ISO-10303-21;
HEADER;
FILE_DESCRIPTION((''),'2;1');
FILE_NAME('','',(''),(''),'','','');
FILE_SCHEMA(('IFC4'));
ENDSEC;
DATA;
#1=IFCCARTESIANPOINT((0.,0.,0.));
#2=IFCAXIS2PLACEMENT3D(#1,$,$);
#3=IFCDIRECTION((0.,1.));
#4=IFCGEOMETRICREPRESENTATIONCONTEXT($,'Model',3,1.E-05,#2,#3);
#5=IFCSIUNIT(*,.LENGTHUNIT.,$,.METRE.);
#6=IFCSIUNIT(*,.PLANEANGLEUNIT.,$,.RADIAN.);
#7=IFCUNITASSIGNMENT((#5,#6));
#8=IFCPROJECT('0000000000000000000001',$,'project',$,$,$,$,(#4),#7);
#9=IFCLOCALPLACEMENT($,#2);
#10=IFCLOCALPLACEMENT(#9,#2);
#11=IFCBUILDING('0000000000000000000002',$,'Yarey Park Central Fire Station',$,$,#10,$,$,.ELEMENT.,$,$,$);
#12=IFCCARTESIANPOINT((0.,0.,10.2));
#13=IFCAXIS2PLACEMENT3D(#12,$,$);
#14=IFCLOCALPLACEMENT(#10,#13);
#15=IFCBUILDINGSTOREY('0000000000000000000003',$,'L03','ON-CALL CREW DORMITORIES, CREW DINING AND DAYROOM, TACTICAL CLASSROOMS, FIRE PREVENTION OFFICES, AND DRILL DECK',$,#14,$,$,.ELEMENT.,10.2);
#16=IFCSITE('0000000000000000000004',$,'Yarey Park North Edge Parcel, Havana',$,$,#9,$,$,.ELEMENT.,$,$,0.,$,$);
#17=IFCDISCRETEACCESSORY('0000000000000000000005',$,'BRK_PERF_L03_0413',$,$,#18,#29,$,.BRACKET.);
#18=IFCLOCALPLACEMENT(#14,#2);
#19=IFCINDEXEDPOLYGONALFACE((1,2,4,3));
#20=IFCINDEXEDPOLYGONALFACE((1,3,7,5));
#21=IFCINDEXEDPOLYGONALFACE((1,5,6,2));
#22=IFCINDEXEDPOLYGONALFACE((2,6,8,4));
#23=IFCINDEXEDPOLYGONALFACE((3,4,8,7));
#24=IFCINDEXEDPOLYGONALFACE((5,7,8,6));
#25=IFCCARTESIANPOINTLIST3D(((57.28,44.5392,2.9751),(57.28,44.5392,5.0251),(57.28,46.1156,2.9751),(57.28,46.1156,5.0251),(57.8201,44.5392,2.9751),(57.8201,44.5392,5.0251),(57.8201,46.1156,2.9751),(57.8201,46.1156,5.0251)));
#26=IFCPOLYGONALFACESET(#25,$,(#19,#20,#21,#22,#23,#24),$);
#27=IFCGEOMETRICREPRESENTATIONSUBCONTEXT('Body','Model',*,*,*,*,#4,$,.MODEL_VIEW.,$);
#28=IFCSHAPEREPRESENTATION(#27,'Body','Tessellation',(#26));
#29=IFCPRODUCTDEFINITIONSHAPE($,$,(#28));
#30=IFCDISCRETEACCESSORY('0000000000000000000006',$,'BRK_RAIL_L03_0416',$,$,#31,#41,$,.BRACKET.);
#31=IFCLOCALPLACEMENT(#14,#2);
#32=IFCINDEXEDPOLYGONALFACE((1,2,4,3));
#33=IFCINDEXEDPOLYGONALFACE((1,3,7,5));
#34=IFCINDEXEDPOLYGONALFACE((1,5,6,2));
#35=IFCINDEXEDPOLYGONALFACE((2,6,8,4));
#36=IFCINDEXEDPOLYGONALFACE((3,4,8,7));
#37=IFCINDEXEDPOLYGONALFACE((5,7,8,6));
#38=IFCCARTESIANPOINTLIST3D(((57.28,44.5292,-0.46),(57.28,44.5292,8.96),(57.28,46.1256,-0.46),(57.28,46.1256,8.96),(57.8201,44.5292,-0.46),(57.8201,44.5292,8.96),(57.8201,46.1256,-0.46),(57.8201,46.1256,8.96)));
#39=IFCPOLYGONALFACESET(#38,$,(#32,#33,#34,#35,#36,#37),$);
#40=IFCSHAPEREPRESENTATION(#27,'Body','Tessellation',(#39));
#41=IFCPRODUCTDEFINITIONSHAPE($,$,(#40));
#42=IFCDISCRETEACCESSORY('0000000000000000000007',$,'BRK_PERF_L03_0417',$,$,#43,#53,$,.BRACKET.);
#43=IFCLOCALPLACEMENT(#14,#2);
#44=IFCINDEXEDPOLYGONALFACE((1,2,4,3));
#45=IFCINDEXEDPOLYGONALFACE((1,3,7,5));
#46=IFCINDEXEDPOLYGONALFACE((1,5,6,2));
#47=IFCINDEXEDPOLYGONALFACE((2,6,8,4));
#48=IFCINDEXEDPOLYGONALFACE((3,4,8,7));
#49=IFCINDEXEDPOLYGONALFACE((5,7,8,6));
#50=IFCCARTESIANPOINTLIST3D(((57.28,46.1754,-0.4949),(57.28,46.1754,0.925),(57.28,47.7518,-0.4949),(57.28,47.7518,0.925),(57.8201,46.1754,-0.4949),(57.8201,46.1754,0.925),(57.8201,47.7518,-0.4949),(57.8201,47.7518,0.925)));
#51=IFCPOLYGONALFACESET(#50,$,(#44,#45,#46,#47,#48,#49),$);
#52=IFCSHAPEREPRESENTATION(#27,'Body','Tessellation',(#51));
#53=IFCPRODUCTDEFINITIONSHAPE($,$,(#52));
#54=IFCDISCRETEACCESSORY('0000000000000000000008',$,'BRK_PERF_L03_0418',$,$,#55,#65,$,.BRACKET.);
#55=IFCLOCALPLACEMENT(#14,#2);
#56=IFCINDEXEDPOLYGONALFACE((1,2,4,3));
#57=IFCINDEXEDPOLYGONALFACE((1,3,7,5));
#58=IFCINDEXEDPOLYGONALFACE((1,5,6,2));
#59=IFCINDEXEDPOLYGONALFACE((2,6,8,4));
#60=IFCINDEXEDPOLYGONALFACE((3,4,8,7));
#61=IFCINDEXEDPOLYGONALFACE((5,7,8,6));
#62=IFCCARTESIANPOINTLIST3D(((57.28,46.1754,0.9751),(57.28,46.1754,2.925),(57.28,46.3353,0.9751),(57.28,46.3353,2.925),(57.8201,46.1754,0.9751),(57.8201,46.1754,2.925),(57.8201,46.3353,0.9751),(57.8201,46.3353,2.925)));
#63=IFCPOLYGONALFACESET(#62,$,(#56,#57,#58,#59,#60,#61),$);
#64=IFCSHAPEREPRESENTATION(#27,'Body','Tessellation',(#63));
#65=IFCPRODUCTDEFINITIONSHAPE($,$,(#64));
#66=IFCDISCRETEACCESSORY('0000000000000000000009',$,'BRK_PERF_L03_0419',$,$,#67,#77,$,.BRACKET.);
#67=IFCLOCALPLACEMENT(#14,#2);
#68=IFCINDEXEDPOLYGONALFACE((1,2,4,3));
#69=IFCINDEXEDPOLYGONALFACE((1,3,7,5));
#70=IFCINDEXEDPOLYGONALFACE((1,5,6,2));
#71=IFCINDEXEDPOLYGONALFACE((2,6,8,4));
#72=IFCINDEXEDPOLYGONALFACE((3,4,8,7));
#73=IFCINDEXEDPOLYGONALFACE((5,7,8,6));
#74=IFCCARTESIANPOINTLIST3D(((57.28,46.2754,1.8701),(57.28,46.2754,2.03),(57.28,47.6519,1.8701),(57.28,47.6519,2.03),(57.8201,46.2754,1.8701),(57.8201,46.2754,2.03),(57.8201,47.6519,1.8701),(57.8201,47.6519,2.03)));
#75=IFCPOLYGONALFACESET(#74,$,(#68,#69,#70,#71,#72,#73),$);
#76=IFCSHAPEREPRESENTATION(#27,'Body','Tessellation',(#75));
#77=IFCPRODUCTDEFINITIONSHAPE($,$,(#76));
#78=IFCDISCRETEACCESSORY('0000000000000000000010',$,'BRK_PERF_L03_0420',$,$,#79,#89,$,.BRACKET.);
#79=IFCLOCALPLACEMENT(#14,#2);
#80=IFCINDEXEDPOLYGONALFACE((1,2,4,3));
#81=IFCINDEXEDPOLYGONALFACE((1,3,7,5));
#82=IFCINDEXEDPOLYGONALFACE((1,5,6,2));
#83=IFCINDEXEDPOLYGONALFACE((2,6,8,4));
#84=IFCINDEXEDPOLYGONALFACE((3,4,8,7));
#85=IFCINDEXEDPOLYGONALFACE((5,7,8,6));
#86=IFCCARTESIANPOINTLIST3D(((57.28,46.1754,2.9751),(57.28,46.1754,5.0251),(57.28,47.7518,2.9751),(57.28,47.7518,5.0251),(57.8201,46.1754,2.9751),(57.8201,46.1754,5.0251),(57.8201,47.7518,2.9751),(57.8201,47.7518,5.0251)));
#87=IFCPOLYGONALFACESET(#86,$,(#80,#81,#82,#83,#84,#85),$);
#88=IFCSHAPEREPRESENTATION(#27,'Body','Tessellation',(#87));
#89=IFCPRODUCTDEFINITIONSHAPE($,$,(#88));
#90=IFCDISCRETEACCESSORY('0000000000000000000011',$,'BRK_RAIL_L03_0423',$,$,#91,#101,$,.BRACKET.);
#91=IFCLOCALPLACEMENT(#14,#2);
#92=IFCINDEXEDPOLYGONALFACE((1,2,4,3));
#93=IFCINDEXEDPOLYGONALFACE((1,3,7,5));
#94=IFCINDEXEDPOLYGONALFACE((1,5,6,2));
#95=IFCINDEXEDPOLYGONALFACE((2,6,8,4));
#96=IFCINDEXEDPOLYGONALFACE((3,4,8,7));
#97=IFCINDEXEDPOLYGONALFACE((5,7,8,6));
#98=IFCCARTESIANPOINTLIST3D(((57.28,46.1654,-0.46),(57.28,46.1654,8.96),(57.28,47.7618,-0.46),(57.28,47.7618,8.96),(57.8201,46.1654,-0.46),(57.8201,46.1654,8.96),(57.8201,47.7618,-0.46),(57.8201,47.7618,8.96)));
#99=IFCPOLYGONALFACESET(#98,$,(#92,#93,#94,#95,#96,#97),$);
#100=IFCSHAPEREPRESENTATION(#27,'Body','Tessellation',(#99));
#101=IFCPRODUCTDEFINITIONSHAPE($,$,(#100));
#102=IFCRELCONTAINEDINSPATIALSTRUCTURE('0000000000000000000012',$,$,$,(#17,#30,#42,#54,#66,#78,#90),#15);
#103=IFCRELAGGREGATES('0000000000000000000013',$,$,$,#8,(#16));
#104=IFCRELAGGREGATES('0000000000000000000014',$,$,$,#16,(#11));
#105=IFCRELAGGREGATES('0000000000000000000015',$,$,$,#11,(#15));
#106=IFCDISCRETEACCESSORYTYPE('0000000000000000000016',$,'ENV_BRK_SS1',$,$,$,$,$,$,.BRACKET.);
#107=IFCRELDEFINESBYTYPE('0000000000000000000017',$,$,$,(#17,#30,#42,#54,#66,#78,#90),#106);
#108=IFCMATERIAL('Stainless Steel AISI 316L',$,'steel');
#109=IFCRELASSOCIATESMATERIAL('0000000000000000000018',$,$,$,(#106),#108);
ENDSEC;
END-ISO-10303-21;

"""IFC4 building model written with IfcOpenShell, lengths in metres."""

from ifc_helpers import new_model, si_unit, direction, frame, origin, origin_2d, place, context, subcontext, project, spatial, rectangle, extrude, material, type_object, element, save


model = new_model("IFC4")

# Units and contexts
model_context = context("Model", 3, precision=1e-05, world=origin(), true_north=direction((0.0, 1.0)))
body_context = subcontext(model_context, "Body", "Model", "MODEL_VIEW")
ifc_project = project(units=[si_unit("LENGTHUNIT", "METRE"), si_unit("PLANEANGLEUNIT", "RADIAN")], contexts=[model_context])

# Site, building, storey
site_placement = place(None, origin())
site = spatial("IfcSite", under=ifc_project, at=site_placement, Name="Yarey Park North Edge Parcel, Havana", CompositionType="ELEMENT", RefElevation=0.0)
building_placement = place(site_placement, origin())
building = spatial("IfcBuilding", under=site, at=building_placement, Name="Yarey Park Central Fire Station", CompositionType="ELEMENT")
storey_placement = place(building_placement, frame((0.0, 0.0, 10.2)))
storey = spatial("IfcBuildingStorey", under=building, at=storey_placement, Name="L03", Description="ON-CALL CREW DORMITORIES, CREW DINING AND DAYROOM, TACTICAL CLASSROOMS, FIRE PREVENTION OFFICES, AND DRILL DECK", CompositionType="ELEMENT", Elevation=10.2)

# Discrete accessories
ifc_material_1 = material(Name="Stainless Steel AISI 316L", Category="steel")
discrete_accessory_type = type_object("IfcDiscreteAccessoryType", Name="ENV_BRK_SS1", PredefinedType="BRACKET", material=ifc_material_1)
discrete_accessory_1_placement = place(storey_placement, frame((57.55, 45.3274, 2.9751), z_axis=(0.0, 0.0, 1.0), x_axis=(1.0, 0.0, 0.0)))
element("IfcDiscreteAccessory", 1, at=discrete_accessory_1_placement, inside=storey, type_object=discrete_accessory_type, Name="BRK_PERF_L03_0413", PredefinedType="BRACKET", context=body_context, shape_type="SweptSolid", body=[
    extrude(rectangle(XDim=0.54, YDim=1.5764, at=origin_2d()), origin(), (0.0, 0.0, 1.0), 2.05),
])
discrete_accessory_2_placement = place(storey_placement, frame((57.55, 45.3274, -0.46), z_axis=(0.0, 0.0, 1.0), x_axis=(1.0, 0.0, 0.0)))
element("IfcDiscreteAccessory", 2, at=discrete_accessory_2_placement, inside=storey, type_object=discrete_accessory_type, Name="BRK_RAIL_L03_0416", PredefinedType="BRACKET", context=body_context, shape_type="SweptSolid", body=[
    extrude(rectangle(XDim=0.54, YDim=1.5964, at=origin_2d()), origin(), (0.0, 0.0, 1.0), 9.4199),
])
discrete_accessory_3_placement = place(storey_placement, frame((57.55, 46.9636, -0.4949), z_axis=(0.0, 0.0, 1.0), x_axis=(1.0, 0.0, 0.0)))
element("IfcDiscreteAccessory", 3, at=discrete_accessory_3_placement, inside=storey, type_object=discrete_accessory_type, Name="BRK_PERF_L03_0417", PredefinedType="BRACKET", context=body_context, shape_type="SweptSolid", body=[
    extrude(rectangle(XDim=0.54, YDim=1.5764, at=origin_2d()), origin(), (0.0, 0.0, 1.0), 1.4199),
])
discrete_accessory_4_placement = place(storey_placement, frame((57.55, 46.2554, 0.9751), z_axis=(0.0, 0.0, 1.0), x_axis=(1.0, 0.0, 0.0)))
element("IfcDiscreteAccessory", 4, at=discrete_accessory_4_placement, inside=storey, type_object=discrete_accessory_type, Name="BRK_PERF_L03_0418", PredefinedType="BRACKET", context=body_context, shape_type="SweptSolid", body=[
    extrude(rectangle(XDim=0.54, YDim=0.1599, at=origin_2d()), origin(), (0.0, 0.0, 1.0), 1.95),
])
discrete_accessory_5_placement = place(storey_placement, frame((57.55, 46.9636, 1.8701), z_axis=(0.0, 0.0, 1.0), x_axis=(1.0, 0.0, 0.0)))
element("IfcDiscreteAccessory", 5, at=discrete_accessory_5_placement, inside=storey, type_object=discrete_accessory_type, Name="BRK_PERF_L03_0419", PredefinedType="BRACKET", context=body_context, shape_type="SweptSolid", body=[
    extrude(rectangle(XDim=0.54, YDim=1.3765, at=origin_2d()), origin(), (0.0, 0.0, 1.0), 0.1599),
])
discrete_accessory_6_placement = place(storey_placement, frame((57.55, 46.9636, 2.9751), z_axis=(0.0, 0.0, 1.0), x_axis=(1.0, 0.0, 0.0)))
element("IfcDiscreteAccessory", 6, at=discrete_accessory_6_placement, inside=storey, type_object=discrete_accessory_type, Name="BRK_PERF_L03_0420", PredefinedType="BRACKET", context=body_context, shape_type="SweptSolid", body=[
    extrude(rectangle(XDim=0.54, YDim=1.5764, at=origin_2d()), origin(), (0.0, 0.0, 1.0), 2.05),
])
discrete_accessory_7_placement = place(storey_placement, frame((57.55, 46.9636, -0.46), z_axis=(0.0, 0.0, 1.0), x_axis=(1.0, 0.0, 0.0)))
element("IfcDiscreteAccessory", 7, at=discrete_accessory_7_placement, inside=storey, type_object=discrete_accessory_type, Name="BRK_RAIL_L03_0423", PredefinedType="BRACKET", context=body_context, shape_type="SweptSolid", body=[
    extrude(rectangle(XDim=0.54, YDim=1.5964, at=origin_2d()), origin(), (0.0, 0.0, 1.0), 9.4199),
])

save(model, "model.ifc")
